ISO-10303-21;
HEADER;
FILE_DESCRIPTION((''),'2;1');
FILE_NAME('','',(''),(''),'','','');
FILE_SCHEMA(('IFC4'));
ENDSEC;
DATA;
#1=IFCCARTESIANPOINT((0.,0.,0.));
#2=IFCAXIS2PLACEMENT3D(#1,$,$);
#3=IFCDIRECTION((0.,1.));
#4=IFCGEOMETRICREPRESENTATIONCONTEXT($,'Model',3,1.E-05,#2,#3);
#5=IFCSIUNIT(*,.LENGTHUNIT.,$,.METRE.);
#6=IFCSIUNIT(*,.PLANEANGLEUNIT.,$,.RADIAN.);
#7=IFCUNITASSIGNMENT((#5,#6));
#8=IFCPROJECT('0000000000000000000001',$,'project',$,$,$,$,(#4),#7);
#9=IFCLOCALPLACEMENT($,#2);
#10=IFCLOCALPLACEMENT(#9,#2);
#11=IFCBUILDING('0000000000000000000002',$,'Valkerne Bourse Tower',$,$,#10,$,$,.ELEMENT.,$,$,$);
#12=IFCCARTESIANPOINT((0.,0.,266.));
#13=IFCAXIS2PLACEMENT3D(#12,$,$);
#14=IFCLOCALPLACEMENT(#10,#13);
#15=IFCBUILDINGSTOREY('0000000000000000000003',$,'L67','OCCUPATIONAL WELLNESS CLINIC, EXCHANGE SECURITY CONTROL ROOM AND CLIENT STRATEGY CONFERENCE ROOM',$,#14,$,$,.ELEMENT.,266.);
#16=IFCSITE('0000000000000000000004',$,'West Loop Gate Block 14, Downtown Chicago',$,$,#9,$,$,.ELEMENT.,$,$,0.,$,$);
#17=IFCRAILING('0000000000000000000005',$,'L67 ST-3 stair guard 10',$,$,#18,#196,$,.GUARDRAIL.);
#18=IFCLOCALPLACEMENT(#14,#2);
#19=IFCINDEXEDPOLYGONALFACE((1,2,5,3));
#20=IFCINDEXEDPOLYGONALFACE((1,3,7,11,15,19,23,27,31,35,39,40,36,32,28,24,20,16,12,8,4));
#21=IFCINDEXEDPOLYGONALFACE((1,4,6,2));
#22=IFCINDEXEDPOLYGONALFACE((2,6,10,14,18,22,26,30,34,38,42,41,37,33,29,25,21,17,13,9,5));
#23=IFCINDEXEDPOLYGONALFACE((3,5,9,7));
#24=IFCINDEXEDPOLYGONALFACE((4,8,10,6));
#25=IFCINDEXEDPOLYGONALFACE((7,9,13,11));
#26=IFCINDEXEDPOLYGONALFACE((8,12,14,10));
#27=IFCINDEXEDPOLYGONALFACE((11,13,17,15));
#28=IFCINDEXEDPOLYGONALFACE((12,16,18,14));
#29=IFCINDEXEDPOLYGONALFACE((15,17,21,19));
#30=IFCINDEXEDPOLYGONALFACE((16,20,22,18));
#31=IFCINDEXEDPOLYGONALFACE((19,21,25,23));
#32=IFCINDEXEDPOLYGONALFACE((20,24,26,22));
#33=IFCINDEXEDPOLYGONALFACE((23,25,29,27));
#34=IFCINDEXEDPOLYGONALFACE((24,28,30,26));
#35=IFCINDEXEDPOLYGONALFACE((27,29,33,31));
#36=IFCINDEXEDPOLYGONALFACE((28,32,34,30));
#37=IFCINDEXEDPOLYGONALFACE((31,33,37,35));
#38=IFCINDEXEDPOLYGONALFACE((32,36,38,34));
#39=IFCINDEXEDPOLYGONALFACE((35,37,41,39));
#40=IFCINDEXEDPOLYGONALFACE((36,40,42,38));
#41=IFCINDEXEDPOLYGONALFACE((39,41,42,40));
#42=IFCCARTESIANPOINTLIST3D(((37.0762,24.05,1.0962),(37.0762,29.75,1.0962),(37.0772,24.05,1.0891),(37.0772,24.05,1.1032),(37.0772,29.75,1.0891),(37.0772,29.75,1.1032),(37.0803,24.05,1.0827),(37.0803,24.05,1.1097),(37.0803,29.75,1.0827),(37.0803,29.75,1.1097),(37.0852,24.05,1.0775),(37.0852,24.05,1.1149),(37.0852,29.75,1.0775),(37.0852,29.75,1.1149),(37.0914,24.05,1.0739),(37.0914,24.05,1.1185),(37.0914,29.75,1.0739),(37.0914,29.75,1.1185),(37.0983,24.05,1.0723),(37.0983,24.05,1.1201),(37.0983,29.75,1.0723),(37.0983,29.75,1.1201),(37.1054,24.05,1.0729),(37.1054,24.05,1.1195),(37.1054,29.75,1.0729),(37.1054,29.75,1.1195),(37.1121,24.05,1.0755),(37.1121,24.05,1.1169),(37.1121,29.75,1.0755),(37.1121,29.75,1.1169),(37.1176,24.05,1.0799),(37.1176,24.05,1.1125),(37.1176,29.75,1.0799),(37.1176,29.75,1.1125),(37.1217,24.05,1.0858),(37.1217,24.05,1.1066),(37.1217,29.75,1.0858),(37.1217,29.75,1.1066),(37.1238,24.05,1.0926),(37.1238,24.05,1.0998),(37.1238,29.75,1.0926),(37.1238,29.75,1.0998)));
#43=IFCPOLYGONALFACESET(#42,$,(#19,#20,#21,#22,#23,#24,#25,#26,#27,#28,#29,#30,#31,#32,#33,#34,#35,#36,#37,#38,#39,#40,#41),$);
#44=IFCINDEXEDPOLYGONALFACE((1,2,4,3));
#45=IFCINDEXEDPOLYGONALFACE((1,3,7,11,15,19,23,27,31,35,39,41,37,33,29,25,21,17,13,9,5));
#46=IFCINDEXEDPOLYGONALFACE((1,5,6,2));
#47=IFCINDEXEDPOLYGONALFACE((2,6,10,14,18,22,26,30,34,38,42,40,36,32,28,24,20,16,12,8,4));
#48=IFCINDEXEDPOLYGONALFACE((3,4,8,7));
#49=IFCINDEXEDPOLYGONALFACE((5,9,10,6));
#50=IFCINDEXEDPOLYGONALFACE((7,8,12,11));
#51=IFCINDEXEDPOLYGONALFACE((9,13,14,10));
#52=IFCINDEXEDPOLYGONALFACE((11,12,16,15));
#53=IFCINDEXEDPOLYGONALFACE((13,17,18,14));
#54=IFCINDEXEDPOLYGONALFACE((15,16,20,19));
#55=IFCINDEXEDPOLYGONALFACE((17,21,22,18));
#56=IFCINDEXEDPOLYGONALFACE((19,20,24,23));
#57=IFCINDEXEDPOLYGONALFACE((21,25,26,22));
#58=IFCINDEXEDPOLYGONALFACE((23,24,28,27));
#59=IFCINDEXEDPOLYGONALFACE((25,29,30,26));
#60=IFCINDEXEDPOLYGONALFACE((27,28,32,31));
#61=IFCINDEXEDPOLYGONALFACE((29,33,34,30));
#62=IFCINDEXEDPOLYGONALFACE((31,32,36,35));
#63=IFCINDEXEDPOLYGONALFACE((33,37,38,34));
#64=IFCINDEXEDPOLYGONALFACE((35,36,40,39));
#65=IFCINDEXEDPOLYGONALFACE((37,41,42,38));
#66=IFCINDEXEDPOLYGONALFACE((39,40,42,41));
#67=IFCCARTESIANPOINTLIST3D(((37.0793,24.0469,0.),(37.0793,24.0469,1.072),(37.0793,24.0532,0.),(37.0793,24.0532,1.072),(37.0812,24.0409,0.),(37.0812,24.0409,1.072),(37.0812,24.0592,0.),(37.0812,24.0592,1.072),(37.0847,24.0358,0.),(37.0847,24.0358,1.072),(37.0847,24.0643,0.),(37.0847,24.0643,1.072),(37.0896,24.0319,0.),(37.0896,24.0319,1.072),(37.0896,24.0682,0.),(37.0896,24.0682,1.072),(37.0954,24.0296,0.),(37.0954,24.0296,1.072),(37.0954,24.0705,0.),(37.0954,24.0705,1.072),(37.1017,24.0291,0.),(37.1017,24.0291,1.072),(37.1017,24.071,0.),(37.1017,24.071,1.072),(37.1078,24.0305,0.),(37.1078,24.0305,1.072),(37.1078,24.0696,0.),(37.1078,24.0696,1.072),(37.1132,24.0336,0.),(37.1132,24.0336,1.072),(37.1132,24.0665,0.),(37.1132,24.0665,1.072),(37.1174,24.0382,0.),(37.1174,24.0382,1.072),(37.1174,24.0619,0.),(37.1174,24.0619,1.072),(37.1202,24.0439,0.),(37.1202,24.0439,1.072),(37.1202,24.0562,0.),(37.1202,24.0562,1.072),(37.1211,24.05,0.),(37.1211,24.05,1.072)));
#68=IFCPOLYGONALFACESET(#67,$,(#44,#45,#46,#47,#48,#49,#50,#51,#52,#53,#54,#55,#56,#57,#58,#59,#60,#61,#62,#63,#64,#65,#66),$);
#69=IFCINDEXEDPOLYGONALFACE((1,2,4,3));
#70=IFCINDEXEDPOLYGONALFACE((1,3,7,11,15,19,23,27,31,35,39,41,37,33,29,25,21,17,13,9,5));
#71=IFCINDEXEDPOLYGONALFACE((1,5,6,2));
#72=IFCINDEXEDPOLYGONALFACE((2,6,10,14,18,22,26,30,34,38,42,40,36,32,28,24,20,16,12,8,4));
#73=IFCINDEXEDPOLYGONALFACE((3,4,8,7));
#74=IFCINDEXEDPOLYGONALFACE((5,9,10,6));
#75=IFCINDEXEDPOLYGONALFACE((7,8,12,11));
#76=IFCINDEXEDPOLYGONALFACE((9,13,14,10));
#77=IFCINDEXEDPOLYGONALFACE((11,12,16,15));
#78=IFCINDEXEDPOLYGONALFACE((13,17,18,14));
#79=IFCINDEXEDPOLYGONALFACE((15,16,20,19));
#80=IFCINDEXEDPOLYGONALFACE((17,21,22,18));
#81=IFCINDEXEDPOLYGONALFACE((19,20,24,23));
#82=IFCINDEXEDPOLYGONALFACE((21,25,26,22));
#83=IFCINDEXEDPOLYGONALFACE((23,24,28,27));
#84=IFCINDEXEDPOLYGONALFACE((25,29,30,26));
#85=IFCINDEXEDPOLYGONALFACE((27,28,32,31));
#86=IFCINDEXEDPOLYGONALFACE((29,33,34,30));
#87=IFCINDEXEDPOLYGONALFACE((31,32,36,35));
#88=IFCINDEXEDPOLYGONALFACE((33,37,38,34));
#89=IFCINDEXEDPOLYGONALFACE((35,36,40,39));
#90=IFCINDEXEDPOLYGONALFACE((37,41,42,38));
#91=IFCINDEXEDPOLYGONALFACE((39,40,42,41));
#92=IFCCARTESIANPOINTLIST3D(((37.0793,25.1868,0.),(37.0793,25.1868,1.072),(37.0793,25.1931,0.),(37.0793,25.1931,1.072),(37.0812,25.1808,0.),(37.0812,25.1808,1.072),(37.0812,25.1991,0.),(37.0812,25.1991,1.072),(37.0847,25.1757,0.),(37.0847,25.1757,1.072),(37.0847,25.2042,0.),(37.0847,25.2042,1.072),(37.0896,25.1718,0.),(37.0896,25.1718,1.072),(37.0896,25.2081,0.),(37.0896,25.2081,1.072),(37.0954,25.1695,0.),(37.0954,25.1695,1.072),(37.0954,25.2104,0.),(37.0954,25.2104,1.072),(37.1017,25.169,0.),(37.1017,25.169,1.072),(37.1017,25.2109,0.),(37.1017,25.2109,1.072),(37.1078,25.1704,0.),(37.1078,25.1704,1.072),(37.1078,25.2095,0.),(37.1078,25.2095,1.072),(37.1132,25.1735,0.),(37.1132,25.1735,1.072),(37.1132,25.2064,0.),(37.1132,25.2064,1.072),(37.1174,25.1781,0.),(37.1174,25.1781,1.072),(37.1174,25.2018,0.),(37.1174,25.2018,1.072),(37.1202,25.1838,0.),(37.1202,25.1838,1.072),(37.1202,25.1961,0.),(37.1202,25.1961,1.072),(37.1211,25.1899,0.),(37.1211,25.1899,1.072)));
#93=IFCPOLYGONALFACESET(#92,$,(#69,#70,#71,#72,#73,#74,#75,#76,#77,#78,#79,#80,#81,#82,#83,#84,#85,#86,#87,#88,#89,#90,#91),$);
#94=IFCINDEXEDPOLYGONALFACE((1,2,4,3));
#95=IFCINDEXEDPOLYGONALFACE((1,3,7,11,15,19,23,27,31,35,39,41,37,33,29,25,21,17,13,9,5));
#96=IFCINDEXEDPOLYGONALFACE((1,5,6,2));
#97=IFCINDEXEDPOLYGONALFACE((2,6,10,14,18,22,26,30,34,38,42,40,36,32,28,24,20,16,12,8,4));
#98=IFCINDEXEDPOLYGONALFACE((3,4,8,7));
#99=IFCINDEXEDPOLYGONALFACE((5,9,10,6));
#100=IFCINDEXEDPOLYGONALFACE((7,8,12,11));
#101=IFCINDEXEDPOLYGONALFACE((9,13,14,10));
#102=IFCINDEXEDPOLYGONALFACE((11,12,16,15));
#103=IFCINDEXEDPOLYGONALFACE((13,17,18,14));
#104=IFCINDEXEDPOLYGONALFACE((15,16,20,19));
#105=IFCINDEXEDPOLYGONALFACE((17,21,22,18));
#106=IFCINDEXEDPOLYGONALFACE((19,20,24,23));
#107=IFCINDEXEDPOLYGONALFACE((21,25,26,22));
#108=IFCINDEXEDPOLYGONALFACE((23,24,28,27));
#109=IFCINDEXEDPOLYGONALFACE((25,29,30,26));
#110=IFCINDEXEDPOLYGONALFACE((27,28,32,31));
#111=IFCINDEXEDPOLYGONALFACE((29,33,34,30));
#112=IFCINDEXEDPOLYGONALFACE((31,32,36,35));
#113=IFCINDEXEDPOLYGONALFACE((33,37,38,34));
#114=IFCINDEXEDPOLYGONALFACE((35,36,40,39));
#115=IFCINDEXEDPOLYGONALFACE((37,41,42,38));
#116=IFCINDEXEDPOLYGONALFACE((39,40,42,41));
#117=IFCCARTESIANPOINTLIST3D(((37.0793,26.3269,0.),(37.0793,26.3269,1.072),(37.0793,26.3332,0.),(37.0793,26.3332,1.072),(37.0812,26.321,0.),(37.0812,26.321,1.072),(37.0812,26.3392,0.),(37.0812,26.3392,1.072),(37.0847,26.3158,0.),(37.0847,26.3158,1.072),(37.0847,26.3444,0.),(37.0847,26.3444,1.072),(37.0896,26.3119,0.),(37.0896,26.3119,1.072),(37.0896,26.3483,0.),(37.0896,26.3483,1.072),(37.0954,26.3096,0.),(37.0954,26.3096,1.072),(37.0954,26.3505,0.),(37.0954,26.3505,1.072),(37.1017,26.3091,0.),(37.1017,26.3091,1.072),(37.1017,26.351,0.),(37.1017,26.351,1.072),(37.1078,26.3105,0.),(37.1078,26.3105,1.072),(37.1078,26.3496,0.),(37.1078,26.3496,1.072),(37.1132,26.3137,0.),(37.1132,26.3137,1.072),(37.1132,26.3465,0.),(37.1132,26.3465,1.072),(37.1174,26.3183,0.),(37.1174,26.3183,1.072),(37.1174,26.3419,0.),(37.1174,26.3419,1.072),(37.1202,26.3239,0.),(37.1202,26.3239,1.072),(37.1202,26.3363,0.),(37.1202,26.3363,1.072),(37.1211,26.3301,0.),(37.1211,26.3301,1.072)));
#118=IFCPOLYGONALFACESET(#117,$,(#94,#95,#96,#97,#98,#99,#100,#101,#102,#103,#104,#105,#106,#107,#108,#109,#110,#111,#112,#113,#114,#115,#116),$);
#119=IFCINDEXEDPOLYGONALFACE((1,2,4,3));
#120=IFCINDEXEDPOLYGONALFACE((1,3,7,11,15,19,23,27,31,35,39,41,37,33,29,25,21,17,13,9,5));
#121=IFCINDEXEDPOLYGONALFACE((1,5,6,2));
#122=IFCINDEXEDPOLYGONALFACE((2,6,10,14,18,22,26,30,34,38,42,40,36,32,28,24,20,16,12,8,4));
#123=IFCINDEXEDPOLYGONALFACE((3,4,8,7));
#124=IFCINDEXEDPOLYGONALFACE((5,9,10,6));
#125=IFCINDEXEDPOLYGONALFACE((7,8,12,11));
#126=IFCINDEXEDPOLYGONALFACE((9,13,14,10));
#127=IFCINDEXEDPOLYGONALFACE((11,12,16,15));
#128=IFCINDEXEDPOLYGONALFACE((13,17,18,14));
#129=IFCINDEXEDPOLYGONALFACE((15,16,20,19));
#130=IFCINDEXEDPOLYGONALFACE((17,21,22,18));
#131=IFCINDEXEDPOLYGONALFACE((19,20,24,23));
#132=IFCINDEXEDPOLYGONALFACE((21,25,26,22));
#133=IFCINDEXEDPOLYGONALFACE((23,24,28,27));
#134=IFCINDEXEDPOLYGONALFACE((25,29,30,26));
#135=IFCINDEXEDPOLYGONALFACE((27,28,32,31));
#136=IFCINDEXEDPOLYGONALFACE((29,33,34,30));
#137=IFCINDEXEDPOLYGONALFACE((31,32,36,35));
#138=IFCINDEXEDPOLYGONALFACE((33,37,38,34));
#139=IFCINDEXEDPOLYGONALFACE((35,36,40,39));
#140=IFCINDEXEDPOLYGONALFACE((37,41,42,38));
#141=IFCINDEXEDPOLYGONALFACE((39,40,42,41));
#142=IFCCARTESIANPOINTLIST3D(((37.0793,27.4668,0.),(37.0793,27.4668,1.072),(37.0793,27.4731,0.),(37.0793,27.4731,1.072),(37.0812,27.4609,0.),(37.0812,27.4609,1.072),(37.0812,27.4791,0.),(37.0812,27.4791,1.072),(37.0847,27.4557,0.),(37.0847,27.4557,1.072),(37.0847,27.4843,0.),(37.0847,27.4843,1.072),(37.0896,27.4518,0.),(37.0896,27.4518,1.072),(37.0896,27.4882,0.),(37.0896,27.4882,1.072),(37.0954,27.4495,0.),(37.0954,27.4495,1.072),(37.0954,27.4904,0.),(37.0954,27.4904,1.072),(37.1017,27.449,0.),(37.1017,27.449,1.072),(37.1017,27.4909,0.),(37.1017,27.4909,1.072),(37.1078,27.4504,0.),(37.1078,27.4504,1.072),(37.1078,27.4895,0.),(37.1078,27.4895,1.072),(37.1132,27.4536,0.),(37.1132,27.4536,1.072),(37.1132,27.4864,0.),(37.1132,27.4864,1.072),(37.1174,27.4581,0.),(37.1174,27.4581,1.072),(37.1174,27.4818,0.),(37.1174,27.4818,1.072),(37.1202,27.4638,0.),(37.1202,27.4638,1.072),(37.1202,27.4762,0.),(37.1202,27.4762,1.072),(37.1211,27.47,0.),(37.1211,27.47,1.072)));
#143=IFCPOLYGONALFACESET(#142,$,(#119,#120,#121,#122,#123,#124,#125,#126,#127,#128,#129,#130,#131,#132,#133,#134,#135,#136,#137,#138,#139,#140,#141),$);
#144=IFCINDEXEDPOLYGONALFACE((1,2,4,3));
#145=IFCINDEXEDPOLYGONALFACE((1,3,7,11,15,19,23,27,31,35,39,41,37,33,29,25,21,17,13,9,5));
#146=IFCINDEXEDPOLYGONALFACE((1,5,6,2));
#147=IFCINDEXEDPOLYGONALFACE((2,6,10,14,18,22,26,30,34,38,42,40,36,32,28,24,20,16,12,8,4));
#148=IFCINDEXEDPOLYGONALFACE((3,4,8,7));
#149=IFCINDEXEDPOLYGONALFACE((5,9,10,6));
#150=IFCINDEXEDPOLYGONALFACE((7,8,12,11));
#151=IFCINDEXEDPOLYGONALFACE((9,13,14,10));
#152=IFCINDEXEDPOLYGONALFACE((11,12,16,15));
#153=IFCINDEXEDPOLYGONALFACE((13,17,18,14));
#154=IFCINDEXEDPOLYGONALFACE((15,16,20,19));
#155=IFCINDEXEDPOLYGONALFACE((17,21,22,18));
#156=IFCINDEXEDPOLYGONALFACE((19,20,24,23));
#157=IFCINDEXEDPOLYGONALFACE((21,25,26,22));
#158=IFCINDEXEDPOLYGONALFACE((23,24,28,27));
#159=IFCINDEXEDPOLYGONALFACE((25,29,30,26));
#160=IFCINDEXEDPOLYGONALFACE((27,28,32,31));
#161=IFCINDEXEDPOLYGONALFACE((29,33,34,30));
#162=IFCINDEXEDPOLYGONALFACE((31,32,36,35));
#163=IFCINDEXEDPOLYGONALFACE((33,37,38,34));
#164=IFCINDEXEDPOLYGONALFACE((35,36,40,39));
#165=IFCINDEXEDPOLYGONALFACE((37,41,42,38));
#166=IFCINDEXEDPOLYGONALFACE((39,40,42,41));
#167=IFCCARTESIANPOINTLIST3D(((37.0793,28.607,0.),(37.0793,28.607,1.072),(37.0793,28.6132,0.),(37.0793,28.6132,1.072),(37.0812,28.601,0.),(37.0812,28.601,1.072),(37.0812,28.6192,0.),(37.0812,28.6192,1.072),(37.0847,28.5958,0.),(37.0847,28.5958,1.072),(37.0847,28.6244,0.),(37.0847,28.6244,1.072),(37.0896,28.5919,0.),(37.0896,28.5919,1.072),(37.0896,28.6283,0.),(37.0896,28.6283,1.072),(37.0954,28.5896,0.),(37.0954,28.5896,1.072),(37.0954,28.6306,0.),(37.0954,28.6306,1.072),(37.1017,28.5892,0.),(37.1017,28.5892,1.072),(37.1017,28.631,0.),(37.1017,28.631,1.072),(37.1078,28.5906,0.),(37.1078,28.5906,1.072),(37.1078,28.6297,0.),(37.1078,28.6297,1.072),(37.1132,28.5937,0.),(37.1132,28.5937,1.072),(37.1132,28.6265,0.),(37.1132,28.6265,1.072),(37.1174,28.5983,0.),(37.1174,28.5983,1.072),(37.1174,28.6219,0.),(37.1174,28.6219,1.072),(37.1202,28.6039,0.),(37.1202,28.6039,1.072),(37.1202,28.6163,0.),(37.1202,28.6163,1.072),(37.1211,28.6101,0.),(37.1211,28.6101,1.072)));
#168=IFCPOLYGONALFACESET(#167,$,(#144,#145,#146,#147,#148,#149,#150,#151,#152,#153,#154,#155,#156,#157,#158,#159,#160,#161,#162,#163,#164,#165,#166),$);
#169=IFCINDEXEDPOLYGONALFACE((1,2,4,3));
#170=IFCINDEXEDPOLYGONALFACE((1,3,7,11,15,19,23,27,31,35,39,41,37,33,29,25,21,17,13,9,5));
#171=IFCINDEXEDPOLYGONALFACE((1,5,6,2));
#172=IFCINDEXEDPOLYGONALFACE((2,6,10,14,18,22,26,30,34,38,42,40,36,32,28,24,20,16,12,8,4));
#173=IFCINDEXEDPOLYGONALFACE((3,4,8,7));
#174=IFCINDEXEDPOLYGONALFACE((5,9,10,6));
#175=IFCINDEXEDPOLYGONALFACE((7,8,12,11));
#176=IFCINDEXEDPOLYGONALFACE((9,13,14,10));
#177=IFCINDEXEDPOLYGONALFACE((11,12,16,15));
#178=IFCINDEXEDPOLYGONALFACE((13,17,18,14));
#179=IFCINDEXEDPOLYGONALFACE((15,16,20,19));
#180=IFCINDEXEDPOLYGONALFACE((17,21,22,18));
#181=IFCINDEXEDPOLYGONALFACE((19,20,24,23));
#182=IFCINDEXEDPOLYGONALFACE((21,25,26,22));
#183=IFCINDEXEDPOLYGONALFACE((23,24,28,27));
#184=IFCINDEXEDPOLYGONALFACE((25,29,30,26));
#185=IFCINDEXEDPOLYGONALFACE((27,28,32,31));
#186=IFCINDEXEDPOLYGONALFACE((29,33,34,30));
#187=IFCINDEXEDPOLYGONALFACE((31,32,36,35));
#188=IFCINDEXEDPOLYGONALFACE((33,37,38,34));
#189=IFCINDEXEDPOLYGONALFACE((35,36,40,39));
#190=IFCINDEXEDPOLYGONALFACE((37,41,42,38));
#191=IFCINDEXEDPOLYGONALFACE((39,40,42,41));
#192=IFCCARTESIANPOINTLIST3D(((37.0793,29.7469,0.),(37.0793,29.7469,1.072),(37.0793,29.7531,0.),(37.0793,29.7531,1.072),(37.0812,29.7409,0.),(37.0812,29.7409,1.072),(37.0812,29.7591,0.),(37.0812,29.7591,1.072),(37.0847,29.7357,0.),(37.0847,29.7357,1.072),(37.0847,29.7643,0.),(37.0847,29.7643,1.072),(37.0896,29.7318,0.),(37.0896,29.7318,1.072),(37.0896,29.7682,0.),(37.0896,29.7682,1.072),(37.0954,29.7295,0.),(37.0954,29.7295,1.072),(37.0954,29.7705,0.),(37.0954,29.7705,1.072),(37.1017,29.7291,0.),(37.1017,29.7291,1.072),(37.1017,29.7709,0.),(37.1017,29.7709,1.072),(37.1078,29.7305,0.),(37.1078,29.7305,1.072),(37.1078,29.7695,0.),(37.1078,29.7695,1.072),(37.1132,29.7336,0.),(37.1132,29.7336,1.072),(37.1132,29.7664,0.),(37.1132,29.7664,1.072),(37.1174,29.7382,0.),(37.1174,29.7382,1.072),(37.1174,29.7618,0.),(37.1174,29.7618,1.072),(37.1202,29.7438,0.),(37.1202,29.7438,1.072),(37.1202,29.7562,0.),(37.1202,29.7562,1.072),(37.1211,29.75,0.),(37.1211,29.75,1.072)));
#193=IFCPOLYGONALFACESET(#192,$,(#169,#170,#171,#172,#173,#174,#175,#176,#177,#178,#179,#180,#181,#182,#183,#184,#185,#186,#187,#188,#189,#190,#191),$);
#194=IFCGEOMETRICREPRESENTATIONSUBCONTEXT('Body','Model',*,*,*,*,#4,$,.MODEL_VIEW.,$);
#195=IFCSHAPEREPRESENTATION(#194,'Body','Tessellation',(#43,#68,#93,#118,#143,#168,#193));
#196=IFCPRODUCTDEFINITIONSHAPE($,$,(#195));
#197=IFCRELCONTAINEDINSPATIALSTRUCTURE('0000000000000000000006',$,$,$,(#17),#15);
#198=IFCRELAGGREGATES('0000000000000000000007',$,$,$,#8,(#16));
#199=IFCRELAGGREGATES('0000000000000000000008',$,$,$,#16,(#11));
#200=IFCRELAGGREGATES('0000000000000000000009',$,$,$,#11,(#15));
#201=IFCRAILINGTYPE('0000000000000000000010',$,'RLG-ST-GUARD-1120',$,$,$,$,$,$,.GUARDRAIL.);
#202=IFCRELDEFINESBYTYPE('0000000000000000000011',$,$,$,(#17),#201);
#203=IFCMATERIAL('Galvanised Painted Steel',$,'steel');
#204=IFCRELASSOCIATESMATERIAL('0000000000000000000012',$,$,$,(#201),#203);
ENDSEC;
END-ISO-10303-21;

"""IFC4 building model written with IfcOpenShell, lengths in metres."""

from ifc_helpers import new_model, si_unit, direction, frame, origin, origin_2d, place, context, subcontext, project, spatial, circle, extrude, material, type_object, element, save


model = new_model("IFC4")

# Units and contexts
model_context = context("Model", 3, precision=1e-05, world=origin(), true_north=direction((0.0, 1.0)))
body_context = subcontext(model_context, "Body", "Model", "MODEL_VIEW")
ifc_project = project(units=[si_unit("LENGTHUNIT", "METRE"), si_unit("PLANEANGLEUNIT", "RADIAN")], contexts=[model_context])

# Site, building, storey
site_placement = place(None, origin())
site = spatial("IfcSite", under=ifc_project, at=site_placement, Name="West Loop Gate Block 14, Downtown Chicago", CompositionType="ELEMENT", RefElevation=0.0)
building_placement = place(site_placement, origin())
building = spatial("IfcBuilding", under=site, at=building_placement, Name="Valkerne Bourse Tower", CompositionType="ELEMENT")
storey_placement = place(building_placement, frame((0.0, 0.0, 266.0)))
storey = spatial("IfcBuildingStorey", under=building, at=storey_placement, Name="L67", Description="OCCUPATIONAL WELLNESS CLINIC, EXCHANGE SECURITY CONTROL ROOM AND CLIENT STRATEGY CONFERENCE ROOM", CompositionType="ELEMENT", Elevation=266.0)

# Railing
ifc_material_1 = material(Name="Galvanised Painted Steel", Category="steel")
railing_type_1 = type_object("IfcRailingType", Name="RLG-ST-GUARD-1120", PredefinedType="GUARDRAIL", material=ifc_material_1)
railing_1_placement = place(storey_placement, frame((37.1001, 24.05, 0.0)))
element("IfcRailing", 1, at=railing_1_placement, inside=storey, type_object=railing_type_1, Name="L67 ST-3 stair guard 10", PredefinedType="GUARDRAIL", context=body_context, shape_type="SweptSolid", body=[
    extrude(circle(Radius=0.0239, at=origin_2d()), frame((0.0, 0.0, 1.0962), z_axis=(0.0, 1.0, 0.0), x_axis=(-1.0, 0.0, 0.0)), (0.0, 0.0, 1.0), 5.7),
    extrude(circle(Radius=0.021, at=origin_2d()), origin(), (0.0, 0.0, 1.0), 1.072),
    extrude(circle(Radius=0.021, at=origin_2d()), frame((0.0, 1.1399, 0.0)), (0.0, 0.0, 1.0), 1.072),
    extrude(circle(Radius=0.021, at=origin_2d()), frame((0.0, 2.28, 0.0)), (0.0, 0.0, 1.0), 1.072),
    extrude(circle(Radius=0.021, at=origin_2d()), frame((0.0, 3.4199, 0.0)), (0.0, 0.0, 1.0), 1.072),
    extrude(circle(Radius=0.021, at=origin_2d()), frame((0.0, 4.5601, 0.0)), (0.0, 0.0, 1.0), 1.072),
    extrude(circle(Radius=0.021, at=origin_2d()), frame((0.0, 5.7, 0.0)), (0.0, 0.0, 1.0), 1.072),
])

save(model, "model.ifc")
